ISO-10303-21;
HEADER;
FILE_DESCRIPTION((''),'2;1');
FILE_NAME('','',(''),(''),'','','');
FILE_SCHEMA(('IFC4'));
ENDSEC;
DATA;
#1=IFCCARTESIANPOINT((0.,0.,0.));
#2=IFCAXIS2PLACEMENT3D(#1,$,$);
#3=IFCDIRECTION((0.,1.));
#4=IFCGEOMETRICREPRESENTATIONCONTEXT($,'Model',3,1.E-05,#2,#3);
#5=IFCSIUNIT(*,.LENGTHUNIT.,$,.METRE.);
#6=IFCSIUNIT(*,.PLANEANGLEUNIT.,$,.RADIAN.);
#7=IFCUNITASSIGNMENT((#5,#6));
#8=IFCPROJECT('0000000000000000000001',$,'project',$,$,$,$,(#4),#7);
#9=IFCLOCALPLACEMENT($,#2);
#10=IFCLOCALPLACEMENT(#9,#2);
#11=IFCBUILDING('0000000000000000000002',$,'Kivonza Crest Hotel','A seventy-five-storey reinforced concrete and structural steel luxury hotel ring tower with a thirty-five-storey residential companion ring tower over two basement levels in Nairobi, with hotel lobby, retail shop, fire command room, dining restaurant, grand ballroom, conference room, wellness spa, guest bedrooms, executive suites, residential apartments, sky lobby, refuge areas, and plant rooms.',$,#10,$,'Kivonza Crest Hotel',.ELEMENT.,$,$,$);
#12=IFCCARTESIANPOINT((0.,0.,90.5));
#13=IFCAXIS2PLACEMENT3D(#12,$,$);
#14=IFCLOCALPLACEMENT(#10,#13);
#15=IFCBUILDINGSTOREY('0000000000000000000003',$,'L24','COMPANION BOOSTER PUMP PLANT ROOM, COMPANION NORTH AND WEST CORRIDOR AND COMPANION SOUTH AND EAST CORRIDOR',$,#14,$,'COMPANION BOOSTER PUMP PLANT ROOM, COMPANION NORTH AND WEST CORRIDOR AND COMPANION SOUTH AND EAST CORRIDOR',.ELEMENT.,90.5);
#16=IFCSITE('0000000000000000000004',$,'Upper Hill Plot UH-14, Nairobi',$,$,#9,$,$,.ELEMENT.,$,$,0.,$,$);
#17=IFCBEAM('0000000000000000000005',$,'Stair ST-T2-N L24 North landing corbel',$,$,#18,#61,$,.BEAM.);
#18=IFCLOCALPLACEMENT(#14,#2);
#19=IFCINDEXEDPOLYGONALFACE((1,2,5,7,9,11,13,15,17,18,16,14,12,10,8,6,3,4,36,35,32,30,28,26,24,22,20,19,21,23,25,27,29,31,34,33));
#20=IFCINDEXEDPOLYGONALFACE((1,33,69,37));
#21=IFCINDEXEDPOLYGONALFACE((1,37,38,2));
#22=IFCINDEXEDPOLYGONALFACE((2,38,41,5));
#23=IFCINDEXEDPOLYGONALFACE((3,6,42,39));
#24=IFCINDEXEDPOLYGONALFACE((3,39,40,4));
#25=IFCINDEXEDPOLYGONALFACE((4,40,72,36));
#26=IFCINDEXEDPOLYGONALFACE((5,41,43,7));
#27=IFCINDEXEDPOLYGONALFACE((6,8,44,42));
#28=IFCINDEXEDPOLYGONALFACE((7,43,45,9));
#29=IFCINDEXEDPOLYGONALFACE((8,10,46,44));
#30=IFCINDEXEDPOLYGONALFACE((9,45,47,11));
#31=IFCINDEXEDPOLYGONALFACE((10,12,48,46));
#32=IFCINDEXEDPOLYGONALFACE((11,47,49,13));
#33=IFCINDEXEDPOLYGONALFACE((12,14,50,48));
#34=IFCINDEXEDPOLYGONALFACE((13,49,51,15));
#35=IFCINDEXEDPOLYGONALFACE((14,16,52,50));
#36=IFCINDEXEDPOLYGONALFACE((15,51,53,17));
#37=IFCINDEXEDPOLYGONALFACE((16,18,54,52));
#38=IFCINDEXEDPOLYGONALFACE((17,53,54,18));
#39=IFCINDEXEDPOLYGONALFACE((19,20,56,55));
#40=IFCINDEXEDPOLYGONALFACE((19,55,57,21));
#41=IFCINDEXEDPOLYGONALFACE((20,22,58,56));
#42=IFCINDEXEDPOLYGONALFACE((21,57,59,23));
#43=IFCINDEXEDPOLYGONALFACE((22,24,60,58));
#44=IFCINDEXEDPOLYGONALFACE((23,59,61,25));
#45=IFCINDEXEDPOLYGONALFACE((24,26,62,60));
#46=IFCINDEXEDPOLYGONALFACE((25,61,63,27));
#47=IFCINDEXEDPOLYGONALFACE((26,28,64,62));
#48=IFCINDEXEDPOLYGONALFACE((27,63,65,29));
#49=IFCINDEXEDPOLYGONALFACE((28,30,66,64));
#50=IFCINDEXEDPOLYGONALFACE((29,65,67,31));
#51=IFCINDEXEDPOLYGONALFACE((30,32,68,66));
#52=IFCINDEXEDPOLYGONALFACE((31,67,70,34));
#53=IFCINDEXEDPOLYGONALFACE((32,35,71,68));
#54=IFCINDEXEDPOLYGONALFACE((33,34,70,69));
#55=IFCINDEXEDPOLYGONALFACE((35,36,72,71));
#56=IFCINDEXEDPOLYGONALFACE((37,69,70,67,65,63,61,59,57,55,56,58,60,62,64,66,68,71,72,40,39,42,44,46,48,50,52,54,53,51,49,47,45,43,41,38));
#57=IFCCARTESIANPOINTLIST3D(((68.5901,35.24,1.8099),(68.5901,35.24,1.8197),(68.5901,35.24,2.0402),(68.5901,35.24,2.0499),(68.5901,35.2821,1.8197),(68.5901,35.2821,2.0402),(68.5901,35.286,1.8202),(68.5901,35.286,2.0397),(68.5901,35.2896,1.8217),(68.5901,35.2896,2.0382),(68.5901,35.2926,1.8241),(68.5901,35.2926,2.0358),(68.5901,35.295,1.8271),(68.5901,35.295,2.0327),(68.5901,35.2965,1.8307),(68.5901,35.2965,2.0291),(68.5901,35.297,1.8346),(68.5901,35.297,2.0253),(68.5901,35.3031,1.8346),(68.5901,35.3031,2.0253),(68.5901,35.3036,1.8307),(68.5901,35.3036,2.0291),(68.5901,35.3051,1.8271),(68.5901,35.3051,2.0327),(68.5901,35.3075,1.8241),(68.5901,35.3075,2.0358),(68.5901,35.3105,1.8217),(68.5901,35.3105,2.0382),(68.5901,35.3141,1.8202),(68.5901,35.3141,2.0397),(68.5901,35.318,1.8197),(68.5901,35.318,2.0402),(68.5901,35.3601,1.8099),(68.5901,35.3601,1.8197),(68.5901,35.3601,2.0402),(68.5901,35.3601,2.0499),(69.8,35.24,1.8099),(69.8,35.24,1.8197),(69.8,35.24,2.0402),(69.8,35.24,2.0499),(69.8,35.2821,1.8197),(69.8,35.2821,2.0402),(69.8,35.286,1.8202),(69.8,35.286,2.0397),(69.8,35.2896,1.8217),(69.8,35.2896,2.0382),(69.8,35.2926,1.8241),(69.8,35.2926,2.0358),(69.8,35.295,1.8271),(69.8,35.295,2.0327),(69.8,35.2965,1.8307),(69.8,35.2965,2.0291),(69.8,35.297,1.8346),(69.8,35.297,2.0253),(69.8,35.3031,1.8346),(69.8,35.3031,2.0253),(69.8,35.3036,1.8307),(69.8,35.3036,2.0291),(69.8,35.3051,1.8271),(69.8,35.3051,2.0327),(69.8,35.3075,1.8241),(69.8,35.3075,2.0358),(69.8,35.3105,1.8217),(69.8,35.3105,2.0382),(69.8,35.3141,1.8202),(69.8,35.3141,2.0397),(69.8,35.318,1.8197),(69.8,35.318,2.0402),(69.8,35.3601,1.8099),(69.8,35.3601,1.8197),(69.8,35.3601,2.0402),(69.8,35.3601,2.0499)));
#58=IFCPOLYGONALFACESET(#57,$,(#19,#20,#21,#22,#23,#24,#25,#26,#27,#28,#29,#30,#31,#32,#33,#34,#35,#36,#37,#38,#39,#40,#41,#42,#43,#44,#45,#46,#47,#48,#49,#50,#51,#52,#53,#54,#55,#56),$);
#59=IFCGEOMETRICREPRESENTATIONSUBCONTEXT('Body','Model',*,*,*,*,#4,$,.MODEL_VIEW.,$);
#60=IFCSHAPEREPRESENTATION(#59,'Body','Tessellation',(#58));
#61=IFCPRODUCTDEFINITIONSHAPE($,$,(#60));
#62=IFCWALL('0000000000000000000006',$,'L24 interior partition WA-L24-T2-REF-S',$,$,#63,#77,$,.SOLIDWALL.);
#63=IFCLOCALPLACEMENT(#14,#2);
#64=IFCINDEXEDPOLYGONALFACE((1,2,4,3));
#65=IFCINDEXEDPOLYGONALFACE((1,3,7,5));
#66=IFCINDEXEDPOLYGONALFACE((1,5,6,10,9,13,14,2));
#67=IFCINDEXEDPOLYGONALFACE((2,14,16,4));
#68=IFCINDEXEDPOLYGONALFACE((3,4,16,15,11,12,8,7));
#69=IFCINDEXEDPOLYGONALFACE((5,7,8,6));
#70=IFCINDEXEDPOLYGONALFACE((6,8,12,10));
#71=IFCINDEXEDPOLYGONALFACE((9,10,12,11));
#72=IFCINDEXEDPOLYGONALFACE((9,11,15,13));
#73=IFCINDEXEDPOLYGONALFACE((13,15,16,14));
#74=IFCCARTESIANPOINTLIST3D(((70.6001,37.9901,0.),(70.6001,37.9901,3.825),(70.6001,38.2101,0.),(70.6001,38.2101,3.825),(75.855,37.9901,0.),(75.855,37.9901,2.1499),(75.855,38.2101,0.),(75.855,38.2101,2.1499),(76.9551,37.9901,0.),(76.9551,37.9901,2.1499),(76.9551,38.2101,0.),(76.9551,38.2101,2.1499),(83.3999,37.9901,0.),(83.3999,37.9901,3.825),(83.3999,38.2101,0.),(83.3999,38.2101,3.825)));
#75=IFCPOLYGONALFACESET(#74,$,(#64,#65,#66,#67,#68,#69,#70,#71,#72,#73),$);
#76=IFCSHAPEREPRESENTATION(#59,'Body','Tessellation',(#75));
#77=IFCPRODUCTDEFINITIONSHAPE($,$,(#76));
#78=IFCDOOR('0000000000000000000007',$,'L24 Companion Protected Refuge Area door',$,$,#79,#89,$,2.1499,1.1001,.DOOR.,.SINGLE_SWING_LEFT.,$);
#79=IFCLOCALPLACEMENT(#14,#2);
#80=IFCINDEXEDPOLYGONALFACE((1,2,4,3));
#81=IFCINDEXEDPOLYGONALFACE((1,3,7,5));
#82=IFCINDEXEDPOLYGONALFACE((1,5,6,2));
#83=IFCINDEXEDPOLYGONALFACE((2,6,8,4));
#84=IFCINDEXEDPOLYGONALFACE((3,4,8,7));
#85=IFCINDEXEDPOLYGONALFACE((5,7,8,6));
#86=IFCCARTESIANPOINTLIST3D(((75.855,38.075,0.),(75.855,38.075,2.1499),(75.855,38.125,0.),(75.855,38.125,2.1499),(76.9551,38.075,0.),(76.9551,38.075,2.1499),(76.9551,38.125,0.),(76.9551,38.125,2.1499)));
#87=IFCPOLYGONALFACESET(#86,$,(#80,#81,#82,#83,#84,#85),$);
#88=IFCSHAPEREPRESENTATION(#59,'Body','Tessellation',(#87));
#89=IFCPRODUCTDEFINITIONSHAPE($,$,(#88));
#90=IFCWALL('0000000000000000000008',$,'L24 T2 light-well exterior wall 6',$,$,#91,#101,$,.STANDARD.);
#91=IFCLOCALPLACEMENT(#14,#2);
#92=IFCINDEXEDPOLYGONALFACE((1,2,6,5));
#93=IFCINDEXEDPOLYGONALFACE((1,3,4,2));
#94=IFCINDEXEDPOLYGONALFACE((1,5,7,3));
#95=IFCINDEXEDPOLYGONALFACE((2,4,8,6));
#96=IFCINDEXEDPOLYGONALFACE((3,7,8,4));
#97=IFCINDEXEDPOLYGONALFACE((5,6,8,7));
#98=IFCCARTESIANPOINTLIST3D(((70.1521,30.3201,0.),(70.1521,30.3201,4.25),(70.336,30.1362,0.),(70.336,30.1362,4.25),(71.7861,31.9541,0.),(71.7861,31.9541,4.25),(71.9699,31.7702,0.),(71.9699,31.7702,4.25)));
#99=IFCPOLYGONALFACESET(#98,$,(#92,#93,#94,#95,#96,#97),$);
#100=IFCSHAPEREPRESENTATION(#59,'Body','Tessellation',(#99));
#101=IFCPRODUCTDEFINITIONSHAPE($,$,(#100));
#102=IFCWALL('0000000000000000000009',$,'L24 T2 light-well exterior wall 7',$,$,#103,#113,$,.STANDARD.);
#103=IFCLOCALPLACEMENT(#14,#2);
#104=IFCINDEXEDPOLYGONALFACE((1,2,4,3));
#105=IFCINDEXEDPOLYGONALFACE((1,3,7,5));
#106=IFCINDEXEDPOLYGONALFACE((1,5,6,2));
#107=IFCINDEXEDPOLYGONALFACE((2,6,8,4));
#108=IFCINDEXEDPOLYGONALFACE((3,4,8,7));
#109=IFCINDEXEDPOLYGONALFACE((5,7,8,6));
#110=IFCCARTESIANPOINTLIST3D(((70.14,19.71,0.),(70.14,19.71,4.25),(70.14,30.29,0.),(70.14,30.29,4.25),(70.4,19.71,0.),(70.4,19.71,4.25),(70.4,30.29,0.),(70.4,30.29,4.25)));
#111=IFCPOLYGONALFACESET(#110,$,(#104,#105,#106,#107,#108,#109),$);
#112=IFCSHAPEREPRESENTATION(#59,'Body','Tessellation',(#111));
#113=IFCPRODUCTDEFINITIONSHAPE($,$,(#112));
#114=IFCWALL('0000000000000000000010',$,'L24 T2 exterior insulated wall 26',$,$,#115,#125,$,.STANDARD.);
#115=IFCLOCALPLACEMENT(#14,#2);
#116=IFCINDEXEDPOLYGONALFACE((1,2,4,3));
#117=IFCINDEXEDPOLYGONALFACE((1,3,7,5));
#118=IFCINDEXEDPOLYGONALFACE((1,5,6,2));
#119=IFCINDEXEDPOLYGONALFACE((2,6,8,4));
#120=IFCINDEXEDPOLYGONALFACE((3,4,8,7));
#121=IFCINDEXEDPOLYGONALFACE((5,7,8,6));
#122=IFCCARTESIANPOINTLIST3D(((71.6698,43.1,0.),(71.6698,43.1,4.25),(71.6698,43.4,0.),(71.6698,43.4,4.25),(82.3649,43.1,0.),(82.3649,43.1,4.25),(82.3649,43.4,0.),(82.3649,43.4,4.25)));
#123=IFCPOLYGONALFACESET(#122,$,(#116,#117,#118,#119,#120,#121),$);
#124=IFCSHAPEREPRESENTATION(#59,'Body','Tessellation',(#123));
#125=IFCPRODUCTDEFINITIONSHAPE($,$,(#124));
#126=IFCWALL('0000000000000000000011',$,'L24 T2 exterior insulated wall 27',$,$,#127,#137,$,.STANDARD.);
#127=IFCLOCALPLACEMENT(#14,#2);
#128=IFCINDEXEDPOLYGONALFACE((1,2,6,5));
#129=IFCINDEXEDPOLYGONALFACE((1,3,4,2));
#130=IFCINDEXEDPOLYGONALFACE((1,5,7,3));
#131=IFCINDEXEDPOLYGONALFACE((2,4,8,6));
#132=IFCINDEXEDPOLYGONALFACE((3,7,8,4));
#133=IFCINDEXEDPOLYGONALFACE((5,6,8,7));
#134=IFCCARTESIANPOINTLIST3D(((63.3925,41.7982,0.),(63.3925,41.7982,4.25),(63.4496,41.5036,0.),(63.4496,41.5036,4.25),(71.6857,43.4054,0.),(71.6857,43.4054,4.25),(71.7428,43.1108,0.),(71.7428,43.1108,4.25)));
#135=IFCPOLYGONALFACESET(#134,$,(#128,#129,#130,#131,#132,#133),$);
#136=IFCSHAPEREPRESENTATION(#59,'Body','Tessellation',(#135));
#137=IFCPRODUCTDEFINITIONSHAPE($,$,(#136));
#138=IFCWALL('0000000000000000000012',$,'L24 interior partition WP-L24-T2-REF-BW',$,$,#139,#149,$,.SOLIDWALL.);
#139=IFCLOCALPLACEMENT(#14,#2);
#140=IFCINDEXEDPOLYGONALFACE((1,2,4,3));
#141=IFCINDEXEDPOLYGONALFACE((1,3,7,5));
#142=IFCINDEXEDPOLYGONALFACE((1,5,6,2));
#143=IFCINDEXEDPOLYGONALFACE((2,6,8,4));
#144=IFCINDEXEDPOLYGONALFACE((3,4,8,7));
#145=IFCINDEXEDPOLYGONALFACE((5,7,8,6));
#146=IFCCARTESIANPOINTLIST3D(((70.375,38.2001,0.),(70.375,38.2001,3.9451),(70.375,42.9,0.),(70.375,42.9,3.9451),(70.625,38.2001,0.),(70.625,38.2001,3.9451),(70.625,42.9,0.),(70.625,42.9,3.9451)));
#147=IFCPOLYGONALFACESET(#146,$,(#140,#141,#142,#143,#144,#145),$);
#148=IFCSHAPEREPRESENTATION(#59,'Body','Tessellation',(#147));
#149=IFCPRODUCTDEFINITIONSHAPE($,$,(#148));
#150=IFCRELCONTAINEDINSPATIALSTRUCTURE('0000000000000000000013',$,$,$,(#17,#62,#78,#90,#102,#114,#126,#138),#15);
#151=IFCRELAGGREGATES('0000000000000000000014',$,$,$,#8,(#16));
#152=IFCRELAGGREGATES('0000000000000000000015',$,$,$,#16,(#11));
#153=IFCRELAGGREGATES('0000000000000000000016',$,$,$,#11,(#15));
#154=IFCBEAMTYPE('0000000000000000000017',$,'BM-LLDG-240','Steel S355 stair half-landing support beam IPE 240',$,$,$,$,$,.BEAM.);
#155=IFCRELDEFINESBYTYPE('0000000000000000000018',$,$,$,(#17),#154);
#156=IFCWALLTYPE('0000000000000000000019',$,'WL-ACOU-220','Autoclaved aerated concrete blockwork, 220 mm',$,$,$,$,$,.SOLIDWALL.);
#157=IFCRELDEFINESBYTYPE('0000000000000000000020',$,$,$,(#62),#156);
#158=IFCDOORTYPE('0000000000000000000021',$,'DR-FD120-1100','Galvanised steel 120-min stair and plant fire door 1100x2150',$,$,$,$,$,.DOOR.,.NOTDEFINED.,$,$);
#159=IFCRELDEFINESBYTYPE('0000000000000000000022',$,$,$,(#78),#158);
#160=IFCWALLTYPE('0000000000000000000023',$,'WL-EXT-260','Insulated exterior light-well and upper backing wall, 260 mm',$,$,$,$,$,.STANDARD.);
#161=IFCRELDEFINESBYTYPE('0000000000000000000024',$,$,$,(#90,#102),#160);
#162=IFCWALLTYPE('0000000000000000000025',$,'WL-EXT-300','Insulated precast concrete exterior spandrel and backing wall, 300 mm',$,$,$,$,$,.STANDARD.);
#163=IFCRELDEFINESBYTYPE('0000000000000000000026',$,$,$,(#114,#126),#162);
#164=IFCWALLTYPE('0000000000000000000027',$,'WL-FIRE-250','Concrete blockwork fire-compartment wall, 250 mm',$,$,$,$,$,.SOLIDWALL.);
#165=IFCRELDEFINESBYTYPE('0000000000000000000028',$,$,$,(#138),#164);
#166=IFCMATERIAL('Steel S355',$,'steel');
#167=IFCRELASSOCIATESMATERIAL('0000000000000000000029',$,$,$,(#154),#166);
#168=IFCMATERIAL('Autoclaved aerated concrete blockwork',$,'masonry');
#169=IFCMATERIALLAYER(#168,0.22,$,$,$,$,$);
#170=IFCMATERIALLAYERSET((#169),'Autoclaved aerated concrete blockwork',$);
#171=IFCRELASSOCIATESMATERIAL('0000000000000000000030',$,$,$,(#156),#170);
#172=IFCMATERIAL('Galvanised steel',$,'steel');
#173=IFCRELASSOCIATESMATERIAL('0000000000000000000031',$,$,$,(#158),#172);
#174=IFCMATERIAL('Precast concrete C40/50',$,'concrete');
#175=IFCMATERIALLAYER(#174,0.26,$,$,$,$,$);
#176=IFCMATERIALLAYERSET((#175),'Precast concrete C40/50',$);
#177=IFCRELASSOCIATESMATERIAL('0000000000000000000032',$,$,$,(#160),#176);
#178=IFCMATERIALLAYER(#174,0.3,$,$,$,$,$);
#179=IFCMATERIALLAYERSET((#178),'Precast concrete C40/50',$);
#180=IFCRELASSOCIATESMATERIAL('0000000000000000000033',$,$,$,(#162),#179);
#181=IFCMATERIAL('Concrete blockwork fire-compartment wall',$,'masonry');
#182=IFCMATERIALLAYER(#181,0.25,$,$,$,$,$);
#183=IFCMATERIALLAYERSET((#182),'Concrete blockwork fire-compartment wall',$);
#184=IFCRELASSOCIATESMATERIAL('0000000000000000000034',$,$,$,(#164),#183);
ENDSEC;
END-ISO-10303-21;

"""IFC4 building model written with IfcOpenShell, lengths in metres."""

from ifc_helpers import new_model, si_unit, direction, frame, frame_2d, origin, origin_2d, place, context, subcontext, project, spatial, rectangle, i_section, extrude, material, layer, layer_set, material_profile, profile_set, type_object, element, fill, save


model = new_model("IFC4")

# Units and contexts
model_context = context("Model", 3, precision=1e-05, world=origin(), true_north=direction((0.0, 1.0)))
body_context = subcontext(model_context, "Body", "Model", "MODEL_VIEW")
ifc_project = project(units=[si_unit("LENGTHUNIT", "METRE"), si_unit("PLANEANGLEUNIT", "RADIAN")], contexts=[model_context])

# Site, building, storey
site_placement = place(None, origin())
site = spatial("IfcSite", under=ifc_project, at=site_placement, Name="Upper Hill Plot UH-14, Nairobi", CompositionType="ELEMENT", RefElevation=0.0)
building_placement = place(site_placement, origin())
building = spatial("IfcBuilding", under=site, at=building_placement, Name="Kivonza Crest Hotel", Description="A seventy-five-storey reinforced concrete and structural steel luxury hotel ring tower with a thirty-five-storey residential companion ring tower over two basement levels in Nairobi, with hotel lobby, retail shop, fire command room, dining restaurant, grand ballroom, conference room, wellness spa, guest bedrooms, executive suites, residential apartments, sky lobby, refuge areas, and plant rooms.", LongName="Kivonza Crest Hotel", CompositionType="ELEMENT")
storey_placement = place(building_placement, frame((0.0, 0.0, 90.5)))
storey = spatial("IfcBuildingStorey", under=building, at=storey_placement, Name="L24", Description="COMPANION BOOSTER PUMP PLANT ROOM, COMPANION NORTH AND WEST CORRIDOR AND COMPANION SOUTH AND EAST CORRIDOR", LongName="COMPANION BOOSTER PUMP PLANT ROOM, COMPANION NORTH AND WEST CORRIDOR AND COMPANION SOUTH AND EAST CORRIDOR", CompositionType="ELEMENT", Elevation=90.5)

# Beam
ifc_material_1 = material(Name="Steel S355", Category="steel")
ifc_material_profile_1 = material_profile(ifc_material_1, i_section(OverallWidth=0.1201, OverallDepth=0.24, WebThickness=0.0061, FlangeThickness=0.0098, FilletRadius=0.0149, at=origin_2d()), Name="IPE 240")
ifc_profile_set_1 = profile_set([ifc_material_profile_1], Name="Steel S355")
beam_type_1 = type_object("IfcBeamType", Name="BM-LLDG-240", Description="Steel S355 stair half-landing support beam IPE 240", PredefinedType="BEAM", material=ifc_profile_set_1)
for number, where, z_axis, x_axis, name in (
    (1, (68.5901, 35.3, 1.9299), (1.0, 0.0, 0.0), (0.0, 1.0, 0.0), "Stair ST-T2-N L24 North landing corbel"),
):
    element("IfcBeam", number, at=place(storey_placement, frame(where, z_axis=z_axis, x_axis=x_axis)), inside=storey, type_object=beam_type_1, Name=name, PredefinedType="BEAM", context=body_context, shape_type="SweptSolid", body=[
        extrude(i_section(OverallWidth=0.1201, OverallDepth=0.24, WebThickness=0.0061, FlangeThickness=0.0098, FilletRadius=0.0149, at=origin_2d()), origin(), (0.0, 0.0, 1.0), 1.21),
    ])

# Wall, opening, door
ifc_material_2 = material(Name="Autoclaved aerated concrete blockwork", Category="masonry")
ifc_layer_1 = layer(ifc_material_2, 0.22)
ifc_layer_set_1 = layer_set([ifc_layer_1], Name="Autoclaved aerated concrete blockwork")
wall_type_1 = type_object("IfcWallType", Name="WL-ACOU-220", Description="Autoclaved aerated concrete blockwork, 220 mm", PredefinedType="SOLIDWALL", material=ifc_layer_set_1)
wall_1_placement = place(storey_placement, frame((70.6001, 38.1001, 0.0), z_axis=(0.0, 0.0, 1.0), x_axis=(1.0, 0.0, 0.0)))
wall_1 = element("IfcWall", 2, at=wall_1_placement, inside=storey, type_object=wall_type_1, Name="L24 interior partition WA-L24-T2-REF-S", PredefinedType="SOLIDWALL", context=body_context, shape_type="SweptSolid", body=[
    extrude(rectangle(XDim=12.7998, YDim=0.22, at=frame_2d((6.3999, 0.0))), origin(), (0.0, 0.0, 1.0), 3.825),
])
opening_1_placement = place(wall_1_placement, frame((5.2549, 0.0, 0.0)))
opening_1 = element("IfcOpeningElement", 3, at=opening_1_placement, cuts=wall_1, PredefinedType="OPENING", context=body_context, shape_type="SweptSolid", body=[
    extrude(rectangle(XDim=1.1001, YDim=2.1499, at=frame_2d((0.55, 1.075))), frame((0.0, 0.1201, 0.0), z_axis=(0.0, -1.0, 0.0), x_axis=(1.0, 0.0, 0.0)), (0.0, 0.0, 1.0), 0.24),
])
ifc_material_3 = material(Name="Galvanised steel", Category="steel")
door_type_1 = type_object("IfcDoorType", Name="DR-FD120-1100", Description="Galvanised steel 120-min stair and plant fire door 1100x2150", OperationType="NOTDEFINED", PredefinedType="DOOR", material=ifc_material_3)
door_1_placement = place(opening_1_placement, origin())
door_1 = element("IfcDoor", 4, at=door_1_placement, inside=storey, type_object=door_type_1, Name="L24 Companion Protected Refuge Area door", OperationType="SINGLE_SWING_LEFT", OverallHeight=2.1499, OverallWidth=1.1001, PredefinedType="DOOR", context=body_context, shape_type="SweptSolid", body=[
    extrude(rectangle(XDim=1.1001, YDim=2.1499, at=frame_2d((0.55, 1.075))), frame((0.0, 0.0249, 0.0), z_axis=(0.0, -1.0, 0.0), x_axis=(1.0, 0.0, 0.0)), (0.0, 0.0, 1.0), 0.05),
])
fill(opening_1, door_1)

# Walls
ifc_material_4 = material(Name="Precast concrete C40/50", Category="concrete")
ifc_layer_2 = layer(ifc_material_4, 0.26)
ifc_layer_set_2 = layer_set([ifc_layer_2], Name="Precast concrete C40/50")
wall_type_2 = type_object("IfcWallType", Name="WL-EXT-260", Description="Insulated exterior light-well and upper backing wall, 260 mm", PredefinedType="STANDARD", material=ifc_layer_set_2)
wall_2_placement = place(storey_placement, frame((71.8779, 31.8621, 0.0), z_axis=(0.0, 0.0, 1.0), x_axis=(-0.707107, -0.707107, 0.0)))
element("IfcWall", 5, at=wall_2_placement, inside=storey, type_object=wall_type_2, Name="L24 T2 light-well exterior wall 6", PredefinedType="STANDARD", context=body_context, shape_type="SweptSolid", body=[
    extrude(rectangle(XDim=2.3108, YDim=0.26, at=frame_2d((1.1553, 0.0))), origin(), (0.0, 0.0, 1.0), 4.25),
])
wall_3_placement = place(storey_placement, frame((70.27, 30.29, 0.0), z_axis=(0.0, 0.0, 1.0), x_axis=(0.0, -1.0, 0.0)))
element("IfcWall", 6, at=wall_3_placement, inside=storey, type_object=wall_type_2, Name="L24 T2 light-well exterior wall 7", PredefinedType="STANDARD", context=body_context, shape_type="SweptSolid", body=[
    extrude(rectangle(XDim=10.5801, YDim=0.26, at=frame_2d((5.29, 0.0))), origin(), (0.0, 0.0, 1.0), 4.25),
])
ifc_layer_3 = layer(ifc_material_4, 0.3)
ifc_layer_set_3 = layer_set([ifc_layer_3], Name="Precast concrete C40/50")
wall_type_3 = type_object("IfcWallType", Name="WL-EXT-300", Description="Insulated precast concrete exterior spandrel and backing wall, 300 mm", PredefinedType="STANDARD", material=ifc_layer_set_3)
wall_4_placement = place(storey_placement, frame((82.365, 43.25, 0.0), z_axis=(0.0, 0.0, 1.0), x_axis=(-1.0, 0.0, 0.0)))
element("IfcWall", 7, at=wall_4_placement, inside=storey, type_object=wall_type_3, Name="L24 T2 exterior insulated wall 26", PredefinedType="STANDARD", context=body_context, shape_type="SweptSolid", body=[
    extrude(rectangle(XDim=10.6951, YDim=0.3, at=frame_2d((5.3477, 0.0))), origin(), (0.0, 0.0, 1.0), 4.25),
])
wall_5_placement = place(storey_placement, frame((71.7141, 43.2581, 0.0), z_axis=(0.0, 0.0, 1.0), x_axis=(-0.981735, -0.190255, 0.0)))
element("IfcWall", 8, at=wall_5_placement, inside=storey, type_object=wall_type_3, Name="L24 T2 exterior insulated wall 27", PredefinedType="STANDARD", context=body_context, shape_type="SweptSolid", body=[
    extrude(rectangle(XDim=8.4475, YDim=0.3, at=frame_2d((4.2236, 0.0))), origin(), (0.0, 0.0, 1.0), 4.25),
])
ifc_material_5 = material(Name="Concrete blockwork fire-compartment wall", Category="masonry")
ifc_layer_4 = layer(ifc_material_5, 0.25)
ifc_layer_set_4 = layer_set([ifc_layer_4], Name="Concrete blockwork fire-compartment wall")
wall_type_4 = type_object("IfcWallType", Name="WL-FIRE-250", Description="Concrete blockwork fire-compartment wall, 250 mm", PredefinedType="SOLIDWALL", material=ifc_layer_set_4)
wall_6_placement = place(storey_placement, frame((70.5, 38.2, 0.0), z_axis=(0.0, 0.0, 1.0), x_axis=(0.0, 1.0, 0.0)))
element("IfcWall", 9, at=wall_6_placement, inside=storey, type_object=wall_type_4, Name="L24 interior partition WP-L24-T2-REF-BW", PredefinedType="SOLIDWALL", context=body_context, shape_type="SweptSolid", body=[
    extrude(rectangle(XDim=4.7, YDim=0.25, at=frame_2d((2.3501, 0.0))), origin(), (0.0, 0.0, 1.0), 3.9451),
])

save(model, "model.ifc")
